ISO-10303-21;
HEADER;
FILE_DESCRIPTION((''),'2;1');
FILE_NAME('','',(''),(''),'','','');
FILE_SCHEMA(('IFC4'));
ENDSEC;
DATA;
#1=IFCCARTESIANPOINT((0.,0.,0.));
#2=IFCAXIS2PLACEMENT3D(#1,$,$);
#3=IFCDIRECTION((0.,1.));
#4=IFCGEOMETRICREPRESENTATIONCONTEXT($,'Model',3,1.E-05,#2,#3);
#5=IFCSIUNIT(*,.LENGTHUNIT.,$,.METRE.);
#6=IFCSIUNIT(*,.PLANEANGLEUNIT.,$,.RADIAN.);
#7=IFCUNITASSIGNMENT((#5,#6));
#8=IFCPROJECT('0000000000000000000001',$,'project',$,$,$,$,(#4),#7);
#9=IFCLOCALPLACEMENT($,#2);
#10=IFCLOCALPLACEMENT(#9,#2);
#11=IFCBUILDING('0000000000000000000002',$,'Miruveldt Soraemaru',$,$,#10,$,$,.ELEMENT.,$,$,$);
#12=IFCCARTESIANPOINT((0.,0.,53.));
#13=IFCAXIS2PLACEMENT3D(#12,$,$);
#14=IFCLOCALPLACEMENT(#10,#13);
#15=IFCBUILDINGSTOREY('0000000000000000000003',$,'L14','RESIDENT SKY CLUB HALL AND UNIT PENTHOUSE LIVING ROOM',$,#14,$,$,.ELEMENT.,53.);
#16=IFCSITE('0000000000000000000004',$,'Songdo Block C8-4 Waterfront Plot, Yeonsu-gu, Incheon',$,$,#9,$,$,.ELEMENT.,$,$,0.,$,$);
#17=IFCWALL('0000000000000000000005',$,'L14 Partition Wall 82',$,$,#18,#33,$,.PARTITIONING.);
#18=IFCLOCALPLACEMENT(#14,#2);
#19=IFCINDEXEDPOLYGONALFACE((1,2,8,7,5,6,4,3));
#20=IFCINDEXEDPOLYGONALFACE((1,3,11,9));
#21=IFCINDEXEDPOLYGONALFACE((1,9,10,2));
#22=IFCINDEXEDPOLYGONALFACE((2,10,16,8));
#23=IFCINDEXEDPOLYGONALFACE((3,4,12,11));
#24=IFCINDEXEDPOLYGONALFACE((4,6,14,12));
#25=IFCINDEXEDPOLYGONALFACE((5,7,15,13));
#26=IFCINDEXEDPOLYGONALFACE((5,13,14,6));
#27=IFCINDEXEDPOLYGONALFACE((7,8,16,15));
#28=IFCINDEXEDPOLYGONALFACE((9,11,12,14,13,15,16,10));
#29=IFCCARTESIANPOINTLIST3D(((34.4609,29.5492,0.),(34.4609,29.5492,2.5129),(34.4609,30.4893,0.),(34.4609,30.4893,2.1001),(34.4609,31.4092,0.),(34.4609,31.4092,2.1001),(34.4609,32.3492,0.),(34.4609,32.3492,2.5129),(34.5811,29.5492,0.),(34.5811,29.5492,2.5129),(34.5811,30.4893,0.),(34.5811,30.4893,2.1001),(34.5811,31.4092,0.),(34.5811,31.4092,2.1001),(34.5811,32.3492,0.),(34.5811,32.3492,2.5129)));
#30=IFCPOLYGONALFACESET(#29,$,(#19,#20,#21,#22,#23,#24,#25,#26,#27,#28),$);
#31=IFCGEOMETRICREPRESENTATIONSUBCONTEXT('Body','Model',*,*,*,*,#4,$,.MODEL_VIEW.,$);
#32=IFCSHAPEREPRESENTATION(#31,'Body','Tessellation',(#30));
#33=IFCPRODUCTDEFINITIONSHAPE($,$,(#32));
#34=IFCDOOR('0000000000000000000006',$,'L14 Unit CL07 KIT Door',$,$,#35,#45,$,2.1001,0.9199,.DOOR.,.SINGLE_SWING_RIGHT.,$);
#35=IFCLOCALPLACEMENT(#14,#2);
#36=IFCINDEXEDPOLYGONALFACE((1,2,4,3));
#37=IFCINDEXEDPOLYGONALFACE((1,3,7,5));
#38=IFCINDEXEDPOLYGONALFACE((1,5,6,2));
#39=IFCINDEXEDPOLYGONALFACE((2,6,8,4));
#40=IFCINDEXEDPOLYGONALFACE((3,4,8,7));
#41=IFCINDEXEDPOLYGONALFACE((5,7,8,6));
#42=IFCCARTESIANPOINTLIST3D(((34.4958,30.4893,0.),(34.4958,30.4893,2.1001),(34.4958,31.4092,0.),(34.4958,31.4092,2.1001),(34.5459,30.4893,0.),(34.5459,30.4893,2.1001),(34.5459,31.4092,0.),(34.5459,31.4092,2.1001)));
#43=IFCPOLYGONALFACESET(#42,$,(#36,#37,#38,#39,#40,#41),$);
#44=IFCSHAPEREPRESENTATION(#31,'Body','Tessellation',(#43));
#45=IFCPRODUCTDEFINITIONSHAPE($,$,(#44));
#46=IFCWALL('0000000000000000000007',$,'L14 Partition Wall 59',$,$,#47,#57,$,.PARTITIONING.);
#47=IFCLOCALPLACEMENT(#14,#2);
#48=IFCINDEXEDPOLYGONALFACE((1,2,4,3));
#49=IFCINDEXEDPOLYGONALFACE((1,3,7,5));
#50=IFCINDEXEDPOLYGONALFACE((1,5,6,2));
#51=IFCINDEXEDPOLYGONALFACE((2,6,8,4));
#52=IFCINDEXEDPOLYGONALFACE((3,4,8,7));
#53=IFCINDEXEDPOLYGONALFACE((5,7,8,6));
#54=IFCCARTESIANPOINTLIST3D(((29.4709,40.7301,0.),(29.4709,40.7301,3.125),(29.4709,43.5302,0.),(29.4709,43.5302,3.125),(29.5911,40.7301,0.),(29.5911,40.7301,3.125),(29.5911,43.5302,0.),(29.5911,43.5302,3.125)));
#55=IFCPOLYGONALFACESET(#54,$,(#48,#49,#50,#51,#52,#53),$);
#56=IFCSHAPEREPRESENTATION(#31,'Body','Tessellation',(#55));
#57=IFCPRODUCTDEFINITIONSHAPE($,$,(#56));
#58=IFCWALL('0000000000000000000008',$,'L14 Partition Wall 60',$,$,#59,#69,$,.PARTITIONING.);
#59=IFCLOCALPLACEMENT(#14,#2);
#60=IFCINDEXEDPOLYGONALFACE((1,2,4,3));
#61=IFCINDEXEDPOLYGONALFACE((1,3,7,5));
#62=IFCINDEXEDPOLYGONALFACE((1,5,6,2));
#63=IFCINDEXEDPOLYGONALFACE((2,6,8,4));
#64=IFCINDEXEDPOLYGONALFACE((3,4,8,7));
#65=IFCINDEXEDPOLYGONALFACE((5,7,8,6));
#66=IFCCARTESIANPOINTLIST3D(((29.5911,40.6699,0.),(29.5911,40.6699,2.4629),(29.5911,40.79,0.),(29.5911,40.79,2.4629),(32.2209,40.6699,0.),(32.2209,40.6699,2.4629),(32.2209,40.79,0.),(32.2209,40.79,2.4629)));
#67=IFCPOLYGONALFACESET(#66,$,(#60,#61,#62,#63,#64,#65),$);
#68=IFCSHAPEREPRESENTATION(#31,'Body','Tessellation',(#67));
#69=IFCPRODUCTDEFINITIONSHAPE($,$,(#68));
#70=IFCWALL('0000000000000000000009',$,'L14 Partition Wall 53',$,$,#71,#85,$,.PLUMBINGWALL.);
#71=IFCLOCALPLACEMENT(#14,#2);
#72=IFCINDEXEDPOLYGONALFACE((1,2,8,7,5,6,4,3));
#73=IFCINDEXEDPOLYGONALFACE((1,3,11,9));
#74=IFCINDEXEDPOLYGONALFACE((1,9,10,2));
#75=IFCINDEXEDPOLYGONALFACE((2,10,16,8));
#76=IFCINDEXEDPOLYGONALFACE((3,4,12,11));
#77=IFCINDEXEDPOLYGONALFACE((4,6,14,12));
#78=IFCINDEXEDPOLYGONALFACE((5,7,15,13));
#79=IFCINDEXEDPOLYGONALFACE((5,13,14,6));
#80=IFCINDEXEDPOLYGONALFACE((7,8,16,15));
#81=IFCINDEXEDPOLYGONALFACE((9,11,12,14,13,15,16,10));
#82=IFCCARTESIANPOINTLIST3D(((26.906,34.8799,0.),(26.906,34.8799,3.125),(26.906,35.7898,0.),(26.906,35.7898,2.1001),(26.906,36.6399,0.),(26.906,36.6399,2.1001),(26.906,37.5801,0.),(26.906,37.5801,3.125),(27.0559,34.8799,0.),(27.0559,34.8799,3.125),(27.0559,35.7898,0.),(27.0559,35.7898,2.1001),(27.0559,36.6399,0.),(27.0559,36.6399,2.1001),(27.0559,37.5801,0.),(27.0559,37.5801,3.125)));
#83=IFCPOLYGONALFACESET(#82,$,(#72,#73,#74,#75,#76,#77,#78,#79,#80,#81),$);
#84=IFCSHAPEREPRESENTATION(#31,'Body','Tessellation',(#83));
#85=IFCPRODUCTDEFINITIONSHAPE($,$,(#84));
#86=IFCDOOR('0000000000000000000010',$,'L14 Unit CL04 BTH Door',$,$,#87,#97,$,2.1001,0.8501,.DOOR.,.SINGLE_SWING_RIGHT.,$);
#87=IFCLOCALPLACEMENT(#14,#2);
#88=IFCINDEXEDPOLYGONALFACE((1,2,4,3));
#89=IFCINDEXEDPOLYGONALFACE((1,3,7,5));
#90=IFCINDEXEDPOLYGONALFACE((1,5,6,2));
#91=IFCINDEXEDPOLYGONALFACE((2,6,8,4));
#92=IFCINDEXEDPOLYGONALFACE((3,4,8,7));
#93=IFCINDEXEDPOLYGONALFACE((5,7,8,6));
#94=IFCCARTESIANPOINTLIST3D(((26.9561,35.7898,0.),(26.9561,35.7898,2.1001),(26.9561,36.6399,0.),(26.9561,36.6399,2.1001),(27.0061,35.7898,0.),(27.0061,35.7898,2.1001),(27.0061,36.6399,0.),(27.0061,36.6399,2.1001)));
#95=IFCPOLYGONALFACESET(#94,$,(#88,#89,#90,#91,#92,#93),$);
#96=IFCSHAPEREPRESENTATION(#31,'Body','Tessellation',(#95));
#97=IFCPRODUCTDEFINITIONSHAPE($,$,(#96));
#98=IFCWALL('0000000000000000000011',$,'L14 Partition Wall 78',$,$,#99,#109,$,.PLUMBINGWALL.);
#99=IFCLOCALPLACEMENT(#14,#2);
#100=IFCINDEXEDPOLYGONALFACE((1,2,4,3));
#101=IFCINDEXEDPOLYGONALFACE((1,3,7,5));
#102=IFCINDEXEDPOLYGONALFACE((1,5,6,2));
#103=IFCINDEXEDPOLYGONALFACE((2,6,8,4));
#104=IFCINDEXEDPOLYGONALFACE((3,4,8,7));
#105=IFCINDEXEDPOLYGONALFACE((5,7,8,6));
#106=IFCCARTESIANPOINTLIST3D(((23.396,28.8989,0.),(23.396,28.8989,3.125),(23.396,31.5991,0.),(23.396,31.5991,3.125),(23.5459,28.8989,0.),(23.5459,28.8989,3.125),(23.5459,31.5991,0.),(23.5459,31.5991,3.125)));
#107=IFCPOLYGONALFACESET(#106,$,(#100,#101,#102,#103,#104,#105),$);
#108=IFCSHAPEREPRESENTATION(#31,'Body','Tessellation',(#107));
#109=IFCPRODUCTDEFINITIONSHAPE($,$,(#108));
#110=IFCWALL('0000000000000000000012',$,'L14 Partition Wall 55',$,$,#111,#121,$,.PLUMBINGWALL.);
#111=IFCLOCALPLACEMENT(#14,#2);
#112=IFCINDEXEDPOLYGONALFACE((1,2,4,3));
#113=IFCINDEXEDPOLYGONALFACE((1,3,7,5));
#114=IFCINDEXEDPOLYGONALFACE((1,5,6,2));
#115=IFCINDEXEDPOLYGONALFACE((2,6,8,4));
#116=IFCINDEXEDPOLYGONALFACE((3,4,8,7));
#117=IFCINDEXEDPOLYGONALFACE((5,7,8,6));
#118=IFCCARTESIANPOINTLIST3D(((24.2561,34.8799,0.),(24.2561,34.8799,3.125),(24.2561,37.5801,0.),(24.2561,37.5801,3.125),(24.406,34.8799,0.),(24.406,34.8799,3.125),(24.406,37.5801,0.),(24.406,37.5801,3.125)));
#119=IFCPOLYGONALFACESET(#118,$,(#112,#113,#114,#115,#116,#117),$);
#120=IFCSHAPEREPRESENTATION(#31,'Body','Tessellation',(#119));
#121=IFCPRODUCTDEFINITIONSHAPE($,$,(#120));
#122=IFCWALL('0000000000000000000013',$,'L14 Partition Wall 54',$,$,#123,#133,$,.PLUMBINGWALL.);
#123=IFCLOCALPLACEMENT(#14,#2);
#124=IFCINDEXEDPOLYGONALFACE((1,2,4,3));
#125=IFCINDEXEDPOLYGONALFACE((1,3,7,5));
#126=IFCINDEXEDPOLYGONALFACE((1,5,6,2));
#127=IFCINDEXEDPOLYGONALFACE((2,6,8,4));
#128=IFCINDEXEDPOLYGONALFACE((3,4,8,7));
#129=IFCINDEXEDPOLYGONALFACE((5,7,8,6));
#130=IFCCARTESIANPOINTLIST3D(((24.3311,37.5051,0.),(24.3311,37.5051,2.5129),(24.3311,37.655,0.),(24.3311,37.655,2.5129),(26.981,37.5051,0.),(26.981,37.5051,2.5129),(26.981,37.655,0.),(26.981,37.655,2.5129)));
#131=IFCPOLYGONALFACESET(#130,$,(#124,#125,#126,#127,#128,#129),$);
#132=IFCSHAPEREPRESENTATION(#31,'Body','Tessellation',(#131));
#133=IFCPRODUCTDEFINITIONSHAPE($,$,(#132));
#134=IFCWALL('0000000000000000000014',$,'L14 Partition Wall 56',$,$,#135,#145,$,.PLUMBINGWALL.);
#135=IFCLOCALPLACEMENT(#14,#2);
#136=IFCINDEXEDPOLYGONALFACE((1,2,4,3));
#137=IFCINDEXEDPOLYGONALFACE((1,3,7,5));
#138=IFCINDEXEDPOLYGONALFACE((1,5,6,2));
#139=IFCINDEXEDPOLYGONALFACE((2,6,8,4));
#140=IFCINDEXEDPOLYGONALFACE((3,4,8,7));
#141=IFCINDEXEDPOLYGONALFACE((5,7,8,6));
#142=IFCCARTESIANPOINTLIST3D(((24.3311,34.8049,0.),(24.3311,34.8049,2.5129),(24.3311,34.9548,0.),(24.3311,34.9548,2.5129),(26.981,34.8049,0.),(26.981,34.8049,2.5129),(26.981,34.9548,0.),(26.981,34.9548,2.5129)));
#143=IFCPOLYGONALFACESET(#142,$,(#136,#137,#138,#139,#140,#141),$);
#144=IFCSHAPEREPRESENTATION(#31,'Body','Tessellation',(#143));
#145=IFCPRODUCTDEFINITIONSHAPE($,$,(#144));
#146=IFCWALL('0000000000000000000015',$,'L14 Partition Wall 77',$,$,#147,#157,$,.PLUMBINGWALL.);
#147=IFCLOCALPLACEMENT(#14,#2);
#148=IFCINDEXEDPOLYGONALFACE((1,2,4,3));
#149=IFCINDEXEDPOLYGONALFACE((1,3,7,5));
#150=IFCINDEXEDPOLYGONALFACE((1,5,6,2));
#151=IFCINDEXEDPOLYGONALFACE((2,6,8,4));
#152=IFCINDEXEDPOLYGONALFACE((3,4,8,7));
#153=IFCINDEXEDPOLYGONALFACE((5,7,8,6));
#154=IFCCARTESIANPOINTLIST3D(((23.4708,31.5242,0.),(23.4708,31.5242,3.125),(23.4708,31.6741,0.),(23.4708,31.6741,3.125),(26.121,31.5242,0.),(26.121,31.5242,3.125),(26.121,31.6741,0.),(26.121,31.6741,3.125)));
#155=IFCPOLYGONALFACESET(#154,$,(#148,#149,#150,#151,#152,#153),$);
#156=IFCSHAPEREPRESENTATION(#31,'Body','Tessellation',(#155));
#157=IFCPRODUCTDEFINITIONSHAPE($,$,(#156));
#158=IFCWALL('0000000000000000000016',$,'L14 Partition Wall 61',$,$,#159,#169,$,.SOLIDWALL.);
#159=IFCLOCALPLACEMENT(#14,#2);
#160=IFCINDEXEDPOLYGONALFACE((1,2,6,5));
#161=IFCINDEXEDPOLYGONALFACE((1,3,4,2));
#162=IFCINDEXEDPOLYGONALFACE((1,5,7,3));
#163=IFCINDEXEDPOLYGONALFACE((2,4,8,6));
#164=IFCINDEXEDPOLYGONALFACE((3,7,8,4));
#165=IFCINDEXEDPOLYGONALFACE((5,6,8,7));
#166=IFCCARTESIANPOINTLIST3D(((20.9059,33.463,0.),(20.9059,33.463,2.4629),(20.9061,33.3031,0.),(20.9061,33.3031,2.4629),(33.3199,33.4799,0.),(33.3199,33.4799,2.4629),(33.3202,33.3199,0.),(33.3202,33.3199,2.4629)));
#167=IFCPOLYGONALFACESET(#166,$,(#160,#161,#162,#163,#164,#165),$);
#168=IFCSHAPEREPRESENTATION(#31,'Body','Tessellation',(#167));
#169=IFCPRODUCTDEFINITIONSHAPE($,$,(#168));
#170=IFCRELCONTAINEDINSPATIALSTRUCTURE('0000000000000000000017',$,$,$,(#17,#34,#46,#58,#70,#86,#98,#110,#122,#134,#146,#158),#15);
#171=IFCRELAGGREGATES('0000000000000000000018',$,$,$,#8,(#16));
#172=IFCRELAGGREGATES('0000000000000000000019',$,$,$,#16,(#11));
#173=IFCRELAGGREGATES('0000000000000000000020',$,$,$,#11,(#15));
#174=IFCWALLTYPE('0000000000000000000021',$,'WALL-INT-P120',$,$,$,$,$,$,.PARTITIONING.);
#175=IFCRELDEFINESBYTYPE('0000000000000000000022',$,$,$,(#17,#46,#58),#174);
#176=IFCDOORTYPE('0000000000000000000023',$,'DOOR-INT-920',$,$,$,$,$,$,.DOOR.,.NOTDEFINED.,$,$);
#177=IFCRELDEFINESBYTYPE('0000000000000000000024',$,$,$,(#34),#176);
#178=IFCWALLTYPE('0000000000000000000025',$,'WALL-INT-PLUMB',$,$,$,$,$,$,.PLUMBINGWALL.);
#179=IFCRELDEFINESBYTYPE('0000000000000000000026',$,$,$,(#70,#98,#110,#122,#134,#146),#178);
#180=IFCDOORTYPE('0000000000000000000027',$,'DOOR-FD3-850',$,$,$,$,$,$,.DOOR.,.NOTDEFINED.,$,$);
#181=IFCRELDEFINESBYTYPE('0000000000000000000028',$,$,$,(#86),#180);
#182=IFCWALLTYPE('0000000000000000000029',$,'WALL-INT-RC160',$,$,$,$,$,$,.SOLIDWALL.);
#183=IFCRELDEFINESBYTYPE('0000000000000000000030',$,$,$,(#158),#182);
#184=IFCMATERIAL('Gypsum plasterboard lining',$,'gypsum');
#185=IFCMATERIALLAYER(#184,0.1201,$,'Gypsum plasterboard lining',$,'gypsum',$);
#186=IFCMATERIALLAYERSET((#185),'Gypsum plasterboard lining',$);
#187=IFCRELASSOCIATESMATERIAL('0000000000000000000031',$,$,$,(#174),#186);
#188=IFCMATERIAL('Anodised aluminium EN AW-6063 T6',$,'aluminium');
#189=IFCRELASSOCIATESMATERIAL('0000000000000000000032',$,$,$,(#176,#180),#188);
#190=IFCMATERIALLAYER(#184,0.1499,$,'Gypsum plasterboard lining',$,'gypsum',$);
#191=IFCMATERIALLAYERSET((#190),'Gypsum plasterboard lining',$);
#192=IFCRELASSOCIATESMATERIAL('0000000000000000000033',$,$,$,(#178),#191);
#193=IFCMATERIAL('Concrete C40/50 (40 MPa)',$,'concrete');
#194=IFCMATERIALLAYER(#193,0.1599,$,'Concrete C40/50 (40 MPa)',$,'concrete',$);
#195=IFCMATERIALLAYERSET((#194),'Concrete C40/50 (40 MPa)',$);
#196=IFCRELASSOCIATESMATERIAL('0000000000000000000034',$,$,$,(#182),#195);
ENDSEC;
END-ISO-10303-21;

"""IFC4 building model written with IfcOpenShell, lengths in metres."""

from ifc_helpers import new_model, si_unit, direction, frame, frame_2d, origin, place, context, subcontext, project, spatial, rectangle, extrude, material, layer, layer_set, type_object, element, fill, save


model = new_model("IFC4")

# Units and contexts
model_context = context("Model", 3, precision=1e-05, world=origin(), true_north=direction((0.0, 1.0)))
body_context = subcontext(model_context, "Body", "Model", "MODEL_VIEW")
ifc_project = project(units=[si_unit("LENGTHUNIT", "METRE"), si_unit("PLANEANGLEUNIT", "RADIAN")], contexts=[model_context])

# Site, building, storey
site_placement = place(None, origin())
site = spatial("IfcSite", under=ifc_project, at=site_placement, Name="Songdo Block C8-4 Waterfront Plot, Yeonsu-gu, Incheon", CompositionType="ELEMENT", RefElevation=0.0)
building_placement = place(site_placement, origin())
building = spatial("IfcBuilding", under=site, at=building_placement, Name="Miruveldt Soraemaru", CompositionType="ELEMENT")
storey_placement = place(building_placement, frame((0.0, 0.0, 53.0)))
storey = spatial("IfcBuildingStorey", under=building, at=storey_placement, Name="L14", Description="RESIDENT SKY CLUB HALL AND UNIT PENTHOUSE LIVING ROOM", CompositionType="ELEMENT", Elevation=53.0)

# Wall, opening, door
ifc_material_1 = material(Name="Gypsum plasterboard lining", Category="gypsum")
ifc_layer_1 = layer(ifc_material_1, 0.1201, Name="Gypsum plasterboard lining", Category="gypsum")
ifc_layer_set_1 = layer_set([ifc_layer_1], Name="Gypsum plasterboard lining")
wall_type_1 = type_object("IfcWallType", Name="WALL-INT-P120", PredefinedType="PARTITIONING", material=ifc_layer_set_1)
ifc_material_2 = material(Name="Anodised aluminium EN AW-6063 T6", Category="aluminium")
door_type_1 = type_object("IfcDoorType", Name="DOOR-INT-920", OperationType="NOTDEFINED", PredefinedType="DOOR", material=ifc_material_2)
wall_1_placement = place(storey_placement, frame((34.521, 32.3491, 0.0), z_axis=(0.0, 0.0, 1.0), x_axis=(0.0, -1.0, 0.0)))
wall_1 = element("IfcWall", 1, at=wall_1_placement, inside=storey, type_object=wall_type_1, Name="L14 Partition Wall 82", PredefinedType="PARTITIONING", context=body_context, shape_type="SweptSolid", body=[
    extrude(rectangle(XDim=2.8, YDim=0.1201, at=frame_2d((1.3999, 0.0))), origin(), (0.0, 0.0, 1.0), 2.5129),
])
opening_1_placement = place(wall_1_placement, frame((0.9399, 0.0, 0.0)))
opening_1 = element("IfcOpeningElement", 2, at=opening_1_placement, cuts=wall_1, PredefinedType="OPENING", context=body_context, shape_type="SweptSolid", body=[
    extrude(rectangle(XDim=0.9199, YDim=2.1001, at=frame_2d((0.46, 1.05))), frame((0.0, 0.0701, 0.0), z_axis=(0.0, -1.0, 0.0), x_axis=(1.0, 0.0, 0.0)), (0.0, 0.0, 1.0), 0.1401),
])
door_1_placement = place(opening_1_placement, origin())
door_1 = element("IfcDoor", 3, at=door_1_placement, inside=storey, type_object=door_type_1, Name="L14 Unit CL07 KIT Door", OperationType="SINGLE_SWING_RIGHT", OverallHeight=2.1001, OverallWidth=0.9199, PredefinedType="DOOR", context=body_context, shape_type="SweptSolid", body=[
    extrude(rectangle(XDim=0.9199, YDim=2.1001, at=frame_2d((0.46, 1.05))), frame((0.0, 0.0249, 0.0), z_axis=(0.0, -1.0, 0.0), x_axis=(1.0, 0.0, 0.0)), (0.0, 0.0, 1.0), 0.05),
])
fill(opening_1, door_1)

# Walls
wall_2_placement = place(storey_placement, frame((29.531, 43.53, 0.0), z_axis=(0.0, 0.0, 1.0), x_axis=(0.0, -1.0, 0.0)))
element("IfcWall", 4, at=wall_2_placement, inside=storey, type_object=wall_type_1, Name="L14 Partition Wall 59", PredefinedType="PARTITIONING", context=body_context, shape_type="SweptSolid", body=[
    extrude(rectangle(XDim=2.8, YDim=0.1201, at=frame_2d((1.3999, 0.0))), origin(), (0.0, 0.0, 1.0), 3.125),
])
wall_3_placement = place(storey_placement, frame((29.5911, 40.73, 0.0), z_axis=(0.0, 0.0, 1.0), x_axis=(1.0, 0.0, 0.0)))
element("IfcWall", 5, at=wall_3_placement, inside=storey, type_object=wall_type_1, Name="L14 Partition Wall 60", PredefinedType="PARTITIONING", context=body_context, shape_type="SweptSolid", body=[
    extrude(rectangle(XDim=2.6299, YDim=0.1201, at=frame_2d((1.3149, 0.0))), origin(), (0.0, 0.0, 1.0), 2.4629),
])

# Wall, opening, door
ifc_layer_2 = layer(ifc_material_1, 0.1499, Name="Gypsum plasterboard lining", Category="gypsum")
ifc_layer_set_2 = layer_set([ifc_layer_2], Name="Gypsum plasterboard lining")
wall_type_2 = type_object("IfcWallType", Name="WALL-INT-PLUMB", PredefinedType="PLUMBINGWALL", material=ifc_layer_set_2)
wall_4_placement = place(storey_placement, frame((26.981, 34.8799, 0.0), z_axis=(0.0, 0.0, 1.0), x_axis=(0.0, 1.0, 0.0)))
wall_4 = element("IfcWall", 6, at=wall_4_placement, inside=storey, type_object=wall_type_2, Name="L14 Partition Wall 53", PredefinedType="PLUMBINGWALL", context=body_context, shape_type="SweptSolid", body=[
    extrude(rectangle(XDim=2.7002, YDim=0.1499, at=frame_2d((1.3501, 0.0))), origin(), (0.0, 0.0, 1.0), 3.125),
])
opening_2_placement = place(wall_4_placement, frame((0.9099, 0.0, 0.0)))
opening_2 = element("IfcOpeningElement", 7, at=opening_2_placement, cuts=wall_4, PredefinedType="OPENING", context=body_context, shape_type="SweptSolid", body=[
    extrude(rectangle(XDim=0.8501, YDim=2.1001, at=frame_2d((0.425, 1.05))), frame((0.0, 0.085, 0.0), z_axis=(0.0, -1.0, 0.0), x_axis=(1.0, 0.0, 0.0)), (0.0, 0.0, 1.0), 0.1699),
])
door_type_2 = type_object("IfcDoorType", Name="DOOR-FD3-850", OperationType="NOTDEFINED", PredefinedType="DOOR", material=ifc_material_2)
door_2_placement = place(opening_2_placement, origin())
door_2 = element("IfcDoor", 8, at=door_2_placement, inside=storey, type_object=door_type_2, Name="L14 Unit CL04 BTH Door", OperationType="SINGLE_SWING_RIGHT", OverallHeight=2.1001, OverallWidth=0.8501, PredefinedType="DOOR", context=body_context, shape_type="SweptSolid", body=[
    extrude(rectangle(XDim=0.8501, YDim=2.1001, at=frame_2d((0.425, 1.05))), frame((0.0, 0.0249, 0.0), z_axis=(0.0, -1.0, 0.0), x_axis=(1.0, 0.0, 0.0)), (0.0, 0.0, 1.0), 0.05),
])
fill(opening_2, door_2)

# Walls
for number, where, z_axis, x_axis, name in (
    (9, (23.4709, 31.5991, 0.0), (0.0, 0.0, 1.0), (0.0, -1.0, 0.0), "L14 Partition Wall 78"),
    (10, (24.3311, 37.5801, 0.0), (0.0, 0.0, 1.0), (0.0, -1.0, 0.0), "L14 Partition Wall 55"),
):
    element("IfcWall", number, at=place(storey_placement, frame(where, z_axis=z_axis, x_axis=x_axis)), inside=storey, type_object=wall_type_2, Name=name, PredefinedType="PLUMBINGWALL", context=body_context, shape_type="SweptSolid", body=[
        extrude(rectangle(XDim=2.7002, YDim=0.1499, at=frame_2d((1.3501, 0.0))), origin(), (0.0, 0.0, 1.0), 3.125),
    ])
for number, where, z_axis, x_axis, name in (
    (11, (26.981, 37.5801, 0.0), (0.0, 0.0, 1.0), (-1.0, 0.0, 0.0), "L14 Partition Wall 54"),
    (12, (24.3311, 34.8799, 0.0), (0.0, 0.0, 1.0), (1.0, 0.0, 0.0), "L14 Partition Wall 56"),
):
    element("IfcWall", number, at=place(storey_placement, frame(where, z_axis=z_axis, x_axis=x_axis)), inside=storey, type_object=wall_type_2, Name=name, PredefinedType="PLUMBINGWALL", context=body_context, shape_type="SweptSolid", body=[
        extrude(rectangle(XDim=2.6499, YDim=0.1499, at=frame_2d((1.325, 0.0))), origin(), (0.0, 0.0, 1.0), 2.5129),
    ])
wall_5_placement = place(storey_placement, frame((26.1211, 31.5991, 0.0), z_axis=(0.0, 0.0, 1.0), x_axis=(-1.0, 0.0, 0.0)))
element("IfcWall", 13, at=wall_5_placement, inside=storey, type_object=wall_type_2, Name="L14 Partition Wall 77", PredefinedType="PLUMBINGWALL", context=body_context, shape_type="SweptSolid", body=[
    extrude(rectangle(XDim=2.6501, YDim=0.1499, at=frame_2d((1.3252, 0.0))), origin(), (0.0, 0.0, 1.0), 3.125),
])

# Shared definitions
ifc_material_3 = material(Name="Concrete C40/50 (40 MPa)", Category="concrete")
ifc_layer_3 = layer(ifc_material_3, 0.1599, Name="Concrete C40/50 (40 MPa)", Category="concrete")
ifc_layer_set_3 = layer_set([ifc_layer_3], Name="Concrete C40/50 (40 MPa)")
wall_type_3 = type_object("IfcWallType", Name="WALL-INT-RC160", PredefinedType="SOLIDWALL", material=ifc_layer_set_3)

# Wall
wall_6_placement = place(storey_placement, frame((20.906, 33.3831, 0.0), z_axis=(0.0, 0.0, 1.0), x_axis=(0.999999, 0.001357, 0.0)))
element("IfcWall", 14, at=wall_6_placement, inside=storey, type_object=wall_type_3, Name="L14 Partition Wall 61", PredefinedType="SOLIDWALL", context=body_context, shape_type="SweptSolid", body=[
    extrude(rectangle(XDim=12.4141, YDim=0.1599, at=frame_2d((6.207, 0.0))), origin(), (0.0, 0.0, 1.0), 2.4629),
])

save(model, "model.ifc")
